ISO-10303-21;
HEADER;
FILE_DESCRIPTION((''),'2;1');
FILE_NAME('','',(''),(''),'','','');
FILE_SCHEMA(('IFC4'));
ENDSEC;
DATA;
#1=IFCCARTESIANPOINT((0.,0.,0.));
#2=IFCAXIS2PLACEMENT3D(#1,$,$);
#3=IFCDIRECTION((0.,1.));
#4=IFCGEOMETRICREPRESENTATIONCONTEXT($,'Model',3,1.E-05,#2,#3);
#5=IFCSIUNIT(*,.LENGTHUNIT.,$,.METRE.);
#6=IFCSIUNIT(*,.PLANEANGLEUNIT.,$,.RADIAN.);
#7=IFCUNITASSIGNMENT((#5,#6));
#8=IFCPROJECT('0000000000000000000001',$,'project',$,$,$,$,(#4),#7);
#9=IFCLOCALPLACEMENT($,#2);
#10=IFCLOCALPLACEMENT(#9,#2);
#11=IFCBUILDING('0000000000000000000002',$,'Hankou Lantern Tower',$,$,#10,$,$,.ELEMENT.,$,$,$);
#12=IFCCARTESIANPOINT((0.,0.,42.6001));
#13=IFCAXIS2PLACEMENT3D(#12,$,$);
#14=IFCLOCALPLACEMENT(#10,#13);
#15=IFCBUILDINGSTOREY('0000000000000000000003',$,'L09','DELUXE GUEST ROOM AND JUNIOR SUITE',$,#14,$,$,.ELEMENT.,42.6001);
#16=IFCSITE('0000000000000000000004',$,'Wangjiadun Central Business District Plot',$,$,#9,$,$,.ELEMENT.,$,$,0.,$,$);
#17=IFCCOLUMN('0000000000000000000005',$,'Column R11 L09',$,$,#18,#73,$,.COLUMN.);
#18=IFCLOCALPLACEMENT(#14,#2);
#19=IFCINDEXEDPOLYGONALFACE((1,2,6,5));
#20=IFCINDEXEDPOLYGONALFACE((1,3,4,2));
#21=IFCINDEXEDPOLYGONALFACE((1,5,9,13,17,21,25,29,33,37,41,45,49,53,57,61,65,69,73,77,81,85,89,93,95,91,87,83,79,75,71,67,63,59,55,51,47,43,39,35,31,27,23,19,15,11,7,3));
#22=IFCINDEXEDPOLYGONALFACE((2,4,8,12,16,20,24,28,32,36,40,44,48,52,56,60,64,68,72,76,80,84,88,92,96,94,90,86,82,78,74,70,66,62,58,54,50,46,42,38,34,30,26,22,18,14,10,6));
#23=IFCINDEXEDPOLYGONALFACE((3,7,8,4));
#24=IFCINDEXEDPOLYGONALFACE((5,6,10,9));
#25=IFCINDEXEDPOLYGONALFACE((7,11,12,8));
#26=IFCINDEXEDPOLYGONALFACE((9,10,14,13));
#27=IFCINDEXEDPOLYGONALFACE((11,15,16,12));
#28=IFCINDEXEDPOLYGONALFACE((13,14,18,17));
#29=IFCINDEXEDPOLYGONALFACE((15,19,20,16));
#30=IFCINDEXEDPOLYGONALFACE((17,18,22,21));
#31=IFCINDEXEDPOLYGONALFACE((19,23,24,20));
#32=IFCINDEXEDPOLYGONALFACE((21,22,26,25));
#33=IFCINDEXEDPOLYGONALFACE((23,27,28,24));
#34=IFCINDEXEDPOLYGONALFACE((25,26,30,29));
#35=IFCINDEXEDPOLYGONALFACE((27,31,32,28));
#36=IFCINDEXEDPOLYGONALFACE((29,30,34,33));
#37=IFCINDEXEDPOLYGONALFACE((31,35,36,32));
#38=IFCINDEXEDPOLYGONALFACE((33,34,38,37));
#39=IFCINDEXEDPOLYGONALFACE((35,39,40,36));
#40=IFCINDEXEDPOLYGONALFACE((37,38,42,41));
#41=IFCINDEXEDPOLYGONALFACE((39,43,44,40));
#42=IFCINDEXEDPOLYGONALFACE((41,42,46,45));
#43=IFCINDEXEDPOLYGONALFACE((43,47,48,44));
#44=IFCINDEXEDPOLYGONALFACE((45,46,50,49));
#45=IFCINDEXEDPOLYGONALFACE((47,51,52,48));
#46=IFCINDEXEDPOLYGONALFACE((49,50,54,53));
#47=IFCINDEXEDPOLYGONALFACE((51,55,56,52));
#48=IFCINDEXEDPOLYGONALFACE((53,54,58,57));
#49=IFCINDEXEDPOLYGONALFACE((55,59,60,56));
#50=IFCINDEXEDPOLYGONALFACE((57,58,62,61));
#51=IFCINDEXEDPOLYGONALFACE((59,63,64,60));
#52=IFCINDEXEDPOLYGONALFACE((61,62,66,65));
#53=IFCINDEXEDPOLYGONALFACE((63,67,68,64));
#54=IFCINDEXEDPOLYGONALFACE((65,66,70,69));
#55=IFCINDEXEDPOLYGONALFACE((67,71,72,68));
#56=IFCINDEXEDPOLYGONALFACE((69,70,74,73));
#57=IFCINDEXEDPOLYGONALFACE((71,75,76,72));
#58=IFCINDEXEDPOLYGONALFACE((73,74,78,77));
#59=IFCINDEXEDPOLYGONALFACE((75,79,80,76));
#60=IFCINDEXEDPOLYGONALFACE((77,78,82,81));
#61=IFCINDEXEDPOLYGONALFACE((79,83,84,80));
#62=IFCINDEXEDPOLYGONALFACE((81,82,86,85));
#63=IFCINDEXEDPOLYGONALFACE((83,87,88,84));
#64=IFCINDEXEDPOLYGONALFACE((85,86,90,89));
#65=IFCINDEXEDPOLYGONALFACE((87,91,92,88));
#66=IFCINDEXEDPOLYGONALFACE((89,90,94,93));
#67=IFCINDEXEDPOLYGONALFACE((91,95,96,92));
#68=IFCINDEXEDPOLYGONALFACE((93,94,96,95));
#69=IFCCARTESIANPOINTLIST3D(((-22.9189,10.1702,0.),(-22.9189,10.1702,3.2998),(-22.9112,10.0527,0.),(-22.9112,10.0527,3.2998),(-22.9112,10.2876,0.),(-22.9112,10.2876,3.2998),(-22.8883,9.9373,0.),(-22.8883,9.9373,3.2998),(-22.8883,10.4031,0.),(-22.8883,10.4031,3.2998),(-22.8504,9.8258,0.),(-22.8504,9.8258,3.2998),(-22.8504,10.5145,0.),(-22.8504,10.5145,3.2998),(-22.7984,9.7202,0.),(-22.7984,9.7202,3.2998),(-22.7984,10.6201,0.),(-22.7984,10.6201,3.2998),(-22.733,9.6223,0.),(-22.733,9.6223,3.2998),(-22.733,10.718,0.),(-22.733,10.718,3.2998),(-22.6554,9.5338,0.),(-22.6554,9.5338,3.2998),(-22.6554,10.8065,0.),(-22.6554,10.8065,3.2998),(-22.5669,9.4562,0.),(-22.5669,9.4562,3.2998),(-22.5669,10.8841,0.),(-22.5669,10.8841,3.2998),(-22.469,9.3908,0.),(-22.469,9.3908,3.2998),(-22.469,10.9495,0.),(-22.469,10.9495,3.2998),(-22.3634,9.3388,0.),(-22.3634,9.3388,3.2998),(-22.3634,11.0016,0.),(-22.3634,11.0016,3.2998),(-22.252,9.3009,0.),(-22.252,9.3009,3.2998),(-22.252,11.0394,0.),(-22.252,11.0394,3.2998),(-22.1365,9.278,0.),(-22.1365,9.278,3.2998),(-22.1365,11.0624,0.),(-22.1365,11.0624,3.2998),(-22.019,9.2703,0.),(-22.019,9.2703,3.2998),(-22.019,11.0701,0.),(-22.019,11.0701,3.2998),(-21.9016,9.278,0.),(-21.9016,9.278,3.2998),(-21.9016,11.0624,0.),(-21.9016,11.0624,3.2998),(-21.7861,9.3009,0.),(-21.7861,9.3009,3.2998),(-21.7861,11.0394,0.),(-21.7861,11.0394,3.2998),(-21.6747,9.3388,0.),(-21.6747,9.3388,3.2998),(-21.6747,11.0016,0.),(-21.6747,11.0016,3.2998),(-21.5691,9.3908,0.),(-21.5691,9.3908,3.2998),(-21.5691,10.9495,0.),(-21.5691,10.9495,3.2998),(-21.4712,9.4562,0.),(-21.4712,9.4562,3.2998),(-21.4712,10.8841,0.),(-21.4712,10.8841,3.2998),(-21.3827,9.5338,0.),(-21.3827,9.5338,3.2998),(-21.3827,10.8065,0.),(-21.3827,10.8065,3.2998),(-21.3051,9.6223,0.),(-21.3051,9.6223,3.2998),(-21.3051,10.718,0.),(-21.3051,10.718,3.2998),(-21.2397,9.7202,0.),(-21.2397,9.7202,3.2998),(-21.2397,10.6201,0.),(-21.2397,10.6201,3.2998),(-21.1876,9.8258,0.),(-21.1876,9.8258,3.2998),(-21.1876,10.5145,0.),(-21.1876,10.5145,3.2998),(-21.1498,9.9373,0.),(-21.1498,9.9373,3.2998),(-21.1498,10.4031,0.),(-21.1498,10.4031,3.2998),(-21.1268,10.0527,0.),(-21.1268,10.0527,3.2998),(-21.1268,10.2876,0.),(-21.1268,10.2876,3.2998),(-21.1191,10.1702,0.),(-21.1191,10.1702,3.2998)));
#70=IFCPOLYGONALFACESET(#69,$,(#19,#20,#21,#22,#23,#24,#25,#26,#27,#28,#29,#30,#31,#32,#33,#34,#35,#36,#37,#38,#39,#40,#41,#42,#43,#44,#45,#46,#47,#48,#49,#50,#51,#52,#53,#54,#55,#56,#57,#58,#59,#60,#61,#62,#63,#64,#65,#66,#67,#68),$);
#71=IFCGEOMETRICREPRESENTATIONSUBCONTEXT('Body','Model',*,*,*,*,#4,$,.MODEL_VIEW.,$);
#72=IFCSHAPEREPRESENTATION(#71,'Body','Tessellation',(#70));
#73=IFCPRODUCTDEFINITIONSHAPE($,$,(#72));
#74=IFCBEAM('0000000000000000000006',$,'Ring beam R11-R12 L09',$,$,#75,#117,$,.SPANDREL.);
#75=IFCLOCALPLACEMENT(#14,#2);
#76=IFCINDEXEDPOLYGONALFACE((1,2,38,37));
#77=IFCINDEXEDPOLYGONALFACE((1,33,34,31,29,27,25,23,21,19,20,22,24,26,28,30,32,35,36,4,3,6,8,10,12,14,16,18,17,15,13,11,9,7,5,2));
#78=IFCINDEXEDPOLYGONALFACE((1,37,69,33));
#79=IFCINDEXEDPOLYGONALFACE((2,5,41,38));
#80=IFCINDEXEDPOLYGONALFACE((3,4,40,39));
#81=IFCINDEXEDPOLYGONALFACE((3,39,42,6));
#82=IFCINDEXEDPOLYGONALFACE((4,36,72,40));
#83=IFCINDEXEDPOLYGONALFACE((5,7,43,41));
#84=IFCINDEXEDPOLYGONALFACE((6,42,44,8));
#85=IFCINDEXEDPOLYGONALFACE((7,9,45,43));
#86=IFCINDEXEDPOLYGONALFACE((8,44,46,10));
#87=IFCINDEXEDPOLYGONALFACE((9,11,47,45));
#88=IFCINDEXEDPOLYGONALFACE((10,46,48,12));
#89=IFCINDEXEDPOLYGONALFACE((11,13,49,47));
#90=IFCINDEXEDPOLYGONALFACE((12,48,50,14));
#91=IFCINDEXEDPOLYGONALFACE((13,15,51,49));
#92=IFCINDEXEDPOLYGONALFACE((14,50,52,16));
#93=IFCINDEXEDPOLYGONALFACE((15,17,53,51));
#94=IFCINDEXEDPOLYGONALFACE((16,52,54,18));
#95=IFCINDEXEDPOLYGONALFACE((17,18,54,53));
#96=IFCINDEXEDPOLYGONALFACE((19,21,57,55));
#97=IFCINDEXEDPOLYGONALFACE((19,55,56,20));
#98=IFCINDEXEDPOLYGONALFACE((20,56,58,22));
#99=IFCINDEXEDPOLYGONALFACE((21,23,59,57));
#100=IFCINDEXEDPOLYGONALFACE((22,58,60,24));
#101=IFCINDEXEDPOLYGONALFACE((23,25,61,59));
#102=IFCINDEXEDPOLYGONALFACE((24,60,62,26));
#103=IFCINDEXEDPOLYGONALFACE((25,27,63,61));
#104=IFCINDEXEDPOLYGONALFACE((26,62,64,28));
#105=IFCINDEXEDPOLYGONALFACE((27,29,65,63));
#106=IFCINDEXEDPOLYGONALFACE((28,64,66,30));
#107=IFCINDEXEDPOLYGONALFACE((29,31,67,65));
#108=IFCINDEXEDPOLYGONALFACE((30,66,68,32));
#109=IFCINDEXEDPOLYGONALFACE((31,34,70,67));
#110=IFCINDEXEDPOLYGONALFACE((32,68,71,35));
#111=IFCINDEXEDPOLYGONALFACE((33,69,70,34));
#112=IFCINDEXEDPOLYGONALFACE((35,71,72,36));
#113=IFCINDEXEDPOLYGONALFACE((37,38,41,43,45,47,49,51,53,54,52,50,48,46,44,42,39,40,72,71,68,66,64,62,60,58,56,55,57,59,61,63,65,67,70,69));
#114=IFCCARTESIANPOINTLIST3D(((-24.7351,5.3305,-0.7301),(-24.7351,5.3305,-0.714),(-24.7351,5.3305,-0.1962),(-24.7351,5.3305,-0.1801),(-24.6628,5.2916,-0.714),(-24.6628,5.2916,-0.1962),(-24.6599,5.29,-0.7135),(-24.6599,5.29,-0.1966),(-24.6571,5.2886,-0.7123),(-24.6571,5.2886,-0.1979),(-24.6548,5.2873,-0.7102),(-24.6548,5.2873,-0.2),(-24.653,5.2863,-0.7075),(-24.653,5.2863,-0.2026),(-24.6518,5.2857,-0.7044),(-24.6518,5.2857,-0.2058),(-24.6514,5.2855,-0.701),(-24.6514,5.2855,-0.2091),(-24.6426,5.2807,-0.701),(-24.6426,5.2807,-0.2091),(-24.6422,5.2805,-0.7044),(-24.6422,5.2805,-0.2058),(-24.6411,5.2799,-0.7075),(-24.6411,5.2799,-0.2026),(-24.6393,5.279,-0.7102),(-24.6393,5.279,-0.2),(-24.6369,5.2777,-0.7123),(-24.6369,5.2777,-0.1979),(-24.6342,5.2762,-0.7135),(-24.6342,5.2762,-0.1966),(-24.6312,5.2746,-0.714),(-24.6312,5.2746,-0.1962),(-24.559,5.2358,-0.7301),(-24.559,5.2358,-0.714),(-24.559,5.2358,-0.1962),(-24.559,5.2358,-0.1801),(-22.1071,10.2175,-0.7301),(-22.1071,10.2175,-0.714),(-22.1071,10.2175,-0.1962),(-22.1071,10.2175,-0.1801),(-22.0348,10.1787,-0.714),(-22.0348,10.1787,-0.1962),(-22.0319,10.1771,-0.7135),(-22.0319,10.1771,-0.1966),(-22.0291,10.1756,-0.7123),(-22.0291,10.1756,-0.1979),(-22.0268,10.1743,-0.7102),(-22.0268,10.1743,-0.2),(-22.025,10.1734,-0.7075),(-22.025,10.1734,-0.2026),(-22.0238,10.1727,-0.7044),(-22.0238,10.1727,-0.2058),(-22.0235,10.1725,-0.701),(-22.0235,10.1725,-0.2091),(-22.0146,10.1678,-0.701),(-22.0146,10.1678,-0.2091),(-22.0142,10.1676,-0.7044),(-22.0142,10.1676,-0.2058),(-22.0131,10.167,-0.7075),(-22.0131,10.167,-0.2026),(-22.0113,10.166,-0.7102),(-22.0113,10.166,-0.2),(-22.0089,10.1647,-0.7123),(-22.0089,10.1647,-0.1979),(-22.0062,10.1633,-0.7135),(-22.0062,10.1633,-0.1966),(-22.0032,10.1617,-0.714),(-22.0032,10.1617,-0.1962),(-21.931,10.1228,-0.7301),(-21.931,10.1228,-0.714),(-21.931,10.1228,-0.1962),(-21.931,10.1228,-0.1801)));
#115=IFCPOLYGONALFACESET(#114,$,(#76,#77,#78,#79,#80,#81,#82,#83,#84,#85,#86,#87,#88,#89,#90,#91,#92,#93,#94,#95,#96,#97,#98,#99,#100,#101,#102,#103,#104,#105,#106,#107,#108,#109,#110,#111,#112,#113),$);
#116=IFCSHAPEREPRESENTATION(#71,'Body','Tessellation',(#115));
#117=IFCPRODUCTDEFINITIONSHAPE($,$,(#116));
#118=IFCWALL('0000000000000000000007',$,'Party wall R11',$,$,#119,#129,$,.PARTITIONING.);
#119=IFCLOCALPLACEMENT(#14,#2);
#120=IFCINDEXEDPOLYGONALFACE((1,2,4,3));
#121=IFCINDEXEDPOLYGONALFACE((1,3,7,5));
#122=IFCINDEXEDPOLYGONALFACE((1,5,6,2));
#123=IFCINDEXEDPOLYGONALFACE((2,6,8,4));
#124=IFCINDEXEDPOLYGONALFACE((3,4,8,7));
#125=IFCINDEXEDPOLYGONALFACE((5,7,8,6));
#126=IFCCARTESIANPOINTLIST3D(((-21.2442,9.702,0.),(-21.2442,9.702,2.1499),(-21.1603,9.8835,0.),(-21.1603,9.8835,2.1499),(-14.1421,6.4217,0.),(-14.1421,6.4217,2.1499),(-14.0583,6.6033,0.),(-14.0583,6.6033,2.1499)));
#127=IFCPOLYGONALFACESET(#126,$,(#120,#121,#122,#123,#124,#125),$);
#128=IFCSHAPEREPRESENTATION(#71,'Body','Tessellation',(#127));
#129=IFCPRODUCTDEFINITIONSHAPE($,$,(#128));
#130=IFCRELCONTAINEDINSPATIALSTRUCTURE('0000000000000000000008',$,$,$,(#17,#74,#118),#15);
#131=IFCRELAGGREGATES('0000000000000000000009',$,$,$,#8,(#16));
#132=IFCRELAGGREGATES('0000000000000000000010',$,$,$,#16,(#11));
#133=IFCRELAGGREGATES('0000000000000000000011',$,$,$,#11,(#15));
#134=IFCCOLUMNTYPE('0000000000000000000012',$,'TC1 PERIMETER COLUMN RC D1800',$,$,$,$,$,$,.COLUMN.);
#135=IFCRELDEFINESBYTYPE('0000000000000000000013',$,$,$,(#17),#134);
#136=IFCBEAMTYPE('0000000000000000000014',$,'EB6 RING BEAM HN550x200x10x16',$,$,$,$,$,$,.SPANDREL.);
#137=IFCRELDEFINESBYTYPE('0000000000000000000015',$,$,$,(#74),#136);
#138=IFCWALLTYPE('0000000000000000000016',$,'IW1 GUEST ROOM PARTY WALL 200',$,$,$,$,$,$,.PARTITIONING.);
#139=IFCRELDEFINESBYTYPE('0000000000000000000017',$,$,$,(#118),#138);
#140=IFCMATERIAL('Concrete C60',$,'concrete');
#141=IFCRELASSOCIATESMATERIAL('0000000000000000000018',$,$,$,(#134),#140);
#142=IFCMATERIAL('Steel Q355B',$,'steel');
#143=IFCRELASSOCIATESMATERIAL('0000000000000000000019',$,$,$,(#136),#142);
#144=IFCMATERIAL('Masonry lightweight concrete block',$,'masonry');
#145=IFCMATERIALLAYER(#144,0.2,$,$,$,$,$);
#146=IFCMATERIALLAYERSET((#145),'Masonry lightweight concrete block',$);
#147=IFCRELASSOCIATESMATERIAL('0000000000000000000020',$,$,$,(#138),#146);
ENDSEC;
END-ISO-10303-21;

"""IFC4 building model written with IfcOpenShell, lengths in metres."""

from ifc_helpers import new_model, si_unit, direction, frame, frame_2d, origin, origin_2d, place, context, subcontext, project, spatial, rectangle, circle, i_section, extrude, material, layer, layer_set, material_profile, profile_set, type_object, element, save


model = new_model("IFC4")

# Units and contexts
model_context = context("Model", 3, precision=1e-05, world=origin(), true_north=direction((0.0, 1.0)))
body_context = subcontext(model_context, "Body", "Model", "MODEL_VIEW")
ifc_project = project(units=[si_unit("LENGTHUNIT", "METRE"), si_unit("PLANEANGLEUNIT", "RADIAN")], contexts=[model_context])

# Site, building, storey
site_placement = place(None, origin())
site = spatial("IfcSite", under=ifc_project, at=site_placement, Name="Wangjiadun Central Business District Plot", CompositionType="ELEMENT", RefElevation=0.0)
building_placement = place(site_placement, origin())
building = spatial("IfcBuilding", under=site, at=building_placement, Name="Hankou Lantern Tower", CompositionType="ELEMENT")
storey_placement = place(building_placement, frame((0.0, 0.0, 42.6001)))
storey = spatial("IfcBuildingStorey", under=building, at=storey_placement, Name="L09", Description="DELUXE GUEST ROOM AND JUNIOR SUITE", CompositionType="ELEMENT", Elevation=42.6001)

# Column
ifc_material_1 = material(Name="Concrete C60", Category="concrete")
ifc_material_profile_1 = material_profile(ifc_material_1, circle(Radius=0.8999, at=origin_2d()), Name="RC D1800")
ifc_profile_set_1 = profile_set([ifc_material_profile_1], Name="Concrete C60")
column_type = type_object("IfcColumnType", Name="TC1 PERIMETER COLUMN RC D1800", PredefinedType="COLUMN", material=ifc_profile_set_1)
column_placement = place(storey_placement, frame((-22.019, 10.1702, 0.0), z_axis=(0.0, 0.0, 1.0), x_axis=(1.0, 0.0, 0.0)))
element("IfcColumn", 1, at=column_placement, inside=storey, type_object=column_type, Name="Column R11 L09", PredefinedType="COLUMN", context=body_context, shape_type="SweptSolid", body=[
    extrude(circle(Radius=0.8999, at=origin_2d()), origin(), (0.0, 0.0, 1.0), 3.2998),
])

# Beam
ifc_material_2 = material(Name="Steel Q355B", Category="steel")
ifc_material_profile_2 = material_profile(ifc_material_2, i_section(OverallWidth=0.2, OverallDepth=0.55, WebThickness=0.01, FlangeThickness=0.0161, FilletRadius=0.0129, at=origin_2d()), Name="HN550x200x10x16")
ifc_profile_set_2 = profile_set([ifc_material_profile_2], Name="Steel Q355B")
beam_type = type_object("IfcBeamType", Name="EB6 RING BEAM HN550x200x10x16", PredefinedType="SPANDREL", material=ifc_profile_set_2)
beam_placement = place(storey_placement, frame((-22.019, 10.1702, -0.4551), z_axis=(-0.473609, -0.880735, 0.0), x_axis=(0.880735, -0.473609, 0.0)))
element("IfcBeam", 2, at=beam_placement, inside=storey, type_object=beam_type, Name="Ring beam R11-R12 L09", PredefinedType="SPANDREL", context=body_context, shape_type="SweptSolid", body=[
    extrude(i_section(OverallWidth=0.2, OverallDepth=0.55, WebThickness=0.01, FlangeThickness=0.0161, FilletRadius=0.0129, at=origin_2d()), origin(), (0.0, 0.0, 1.0), 5.5488),
])

# Wall
ifc_material_3 = material(Name="Masonry lightweight concrete block", Category="masonry")
ifc_layer_1 = layer(ifc_material_3, 0.2)
ifc_layer_set_1 = layer_set([ifc_layer_1], Name="Masonry lightweight concrete block")
wall_type_1 = type_object("IfcWallType", Name="IW1 GUEST ROOM PARTY WALL 200", PredefinedType="PARTITIONING", material=ifc_layer_set_1)
wall_1_placement = place(storey_placement, frame((-14.1001, 6.5125, 0.0), z_axis=(0.0, 0.0, 1.0), x_axis=(-0.907842, 0.419311, 0.0)))
element("IfcWall", 3, at=wall_1_placement, inside=storey, type_object=wall_type_1, Name="Party wall R11", PredefinedType="PARTITIONING", context=body_context, shape_type="SweptSolid", body=[
    extrude(rectangle(XDim=7.823, YDim=0.2, at=frame_2d((3.9116, 0.0))), origin(), (0.0, 0.0, 1.0), 2.1499),
])

save(model, "model.ifc")
